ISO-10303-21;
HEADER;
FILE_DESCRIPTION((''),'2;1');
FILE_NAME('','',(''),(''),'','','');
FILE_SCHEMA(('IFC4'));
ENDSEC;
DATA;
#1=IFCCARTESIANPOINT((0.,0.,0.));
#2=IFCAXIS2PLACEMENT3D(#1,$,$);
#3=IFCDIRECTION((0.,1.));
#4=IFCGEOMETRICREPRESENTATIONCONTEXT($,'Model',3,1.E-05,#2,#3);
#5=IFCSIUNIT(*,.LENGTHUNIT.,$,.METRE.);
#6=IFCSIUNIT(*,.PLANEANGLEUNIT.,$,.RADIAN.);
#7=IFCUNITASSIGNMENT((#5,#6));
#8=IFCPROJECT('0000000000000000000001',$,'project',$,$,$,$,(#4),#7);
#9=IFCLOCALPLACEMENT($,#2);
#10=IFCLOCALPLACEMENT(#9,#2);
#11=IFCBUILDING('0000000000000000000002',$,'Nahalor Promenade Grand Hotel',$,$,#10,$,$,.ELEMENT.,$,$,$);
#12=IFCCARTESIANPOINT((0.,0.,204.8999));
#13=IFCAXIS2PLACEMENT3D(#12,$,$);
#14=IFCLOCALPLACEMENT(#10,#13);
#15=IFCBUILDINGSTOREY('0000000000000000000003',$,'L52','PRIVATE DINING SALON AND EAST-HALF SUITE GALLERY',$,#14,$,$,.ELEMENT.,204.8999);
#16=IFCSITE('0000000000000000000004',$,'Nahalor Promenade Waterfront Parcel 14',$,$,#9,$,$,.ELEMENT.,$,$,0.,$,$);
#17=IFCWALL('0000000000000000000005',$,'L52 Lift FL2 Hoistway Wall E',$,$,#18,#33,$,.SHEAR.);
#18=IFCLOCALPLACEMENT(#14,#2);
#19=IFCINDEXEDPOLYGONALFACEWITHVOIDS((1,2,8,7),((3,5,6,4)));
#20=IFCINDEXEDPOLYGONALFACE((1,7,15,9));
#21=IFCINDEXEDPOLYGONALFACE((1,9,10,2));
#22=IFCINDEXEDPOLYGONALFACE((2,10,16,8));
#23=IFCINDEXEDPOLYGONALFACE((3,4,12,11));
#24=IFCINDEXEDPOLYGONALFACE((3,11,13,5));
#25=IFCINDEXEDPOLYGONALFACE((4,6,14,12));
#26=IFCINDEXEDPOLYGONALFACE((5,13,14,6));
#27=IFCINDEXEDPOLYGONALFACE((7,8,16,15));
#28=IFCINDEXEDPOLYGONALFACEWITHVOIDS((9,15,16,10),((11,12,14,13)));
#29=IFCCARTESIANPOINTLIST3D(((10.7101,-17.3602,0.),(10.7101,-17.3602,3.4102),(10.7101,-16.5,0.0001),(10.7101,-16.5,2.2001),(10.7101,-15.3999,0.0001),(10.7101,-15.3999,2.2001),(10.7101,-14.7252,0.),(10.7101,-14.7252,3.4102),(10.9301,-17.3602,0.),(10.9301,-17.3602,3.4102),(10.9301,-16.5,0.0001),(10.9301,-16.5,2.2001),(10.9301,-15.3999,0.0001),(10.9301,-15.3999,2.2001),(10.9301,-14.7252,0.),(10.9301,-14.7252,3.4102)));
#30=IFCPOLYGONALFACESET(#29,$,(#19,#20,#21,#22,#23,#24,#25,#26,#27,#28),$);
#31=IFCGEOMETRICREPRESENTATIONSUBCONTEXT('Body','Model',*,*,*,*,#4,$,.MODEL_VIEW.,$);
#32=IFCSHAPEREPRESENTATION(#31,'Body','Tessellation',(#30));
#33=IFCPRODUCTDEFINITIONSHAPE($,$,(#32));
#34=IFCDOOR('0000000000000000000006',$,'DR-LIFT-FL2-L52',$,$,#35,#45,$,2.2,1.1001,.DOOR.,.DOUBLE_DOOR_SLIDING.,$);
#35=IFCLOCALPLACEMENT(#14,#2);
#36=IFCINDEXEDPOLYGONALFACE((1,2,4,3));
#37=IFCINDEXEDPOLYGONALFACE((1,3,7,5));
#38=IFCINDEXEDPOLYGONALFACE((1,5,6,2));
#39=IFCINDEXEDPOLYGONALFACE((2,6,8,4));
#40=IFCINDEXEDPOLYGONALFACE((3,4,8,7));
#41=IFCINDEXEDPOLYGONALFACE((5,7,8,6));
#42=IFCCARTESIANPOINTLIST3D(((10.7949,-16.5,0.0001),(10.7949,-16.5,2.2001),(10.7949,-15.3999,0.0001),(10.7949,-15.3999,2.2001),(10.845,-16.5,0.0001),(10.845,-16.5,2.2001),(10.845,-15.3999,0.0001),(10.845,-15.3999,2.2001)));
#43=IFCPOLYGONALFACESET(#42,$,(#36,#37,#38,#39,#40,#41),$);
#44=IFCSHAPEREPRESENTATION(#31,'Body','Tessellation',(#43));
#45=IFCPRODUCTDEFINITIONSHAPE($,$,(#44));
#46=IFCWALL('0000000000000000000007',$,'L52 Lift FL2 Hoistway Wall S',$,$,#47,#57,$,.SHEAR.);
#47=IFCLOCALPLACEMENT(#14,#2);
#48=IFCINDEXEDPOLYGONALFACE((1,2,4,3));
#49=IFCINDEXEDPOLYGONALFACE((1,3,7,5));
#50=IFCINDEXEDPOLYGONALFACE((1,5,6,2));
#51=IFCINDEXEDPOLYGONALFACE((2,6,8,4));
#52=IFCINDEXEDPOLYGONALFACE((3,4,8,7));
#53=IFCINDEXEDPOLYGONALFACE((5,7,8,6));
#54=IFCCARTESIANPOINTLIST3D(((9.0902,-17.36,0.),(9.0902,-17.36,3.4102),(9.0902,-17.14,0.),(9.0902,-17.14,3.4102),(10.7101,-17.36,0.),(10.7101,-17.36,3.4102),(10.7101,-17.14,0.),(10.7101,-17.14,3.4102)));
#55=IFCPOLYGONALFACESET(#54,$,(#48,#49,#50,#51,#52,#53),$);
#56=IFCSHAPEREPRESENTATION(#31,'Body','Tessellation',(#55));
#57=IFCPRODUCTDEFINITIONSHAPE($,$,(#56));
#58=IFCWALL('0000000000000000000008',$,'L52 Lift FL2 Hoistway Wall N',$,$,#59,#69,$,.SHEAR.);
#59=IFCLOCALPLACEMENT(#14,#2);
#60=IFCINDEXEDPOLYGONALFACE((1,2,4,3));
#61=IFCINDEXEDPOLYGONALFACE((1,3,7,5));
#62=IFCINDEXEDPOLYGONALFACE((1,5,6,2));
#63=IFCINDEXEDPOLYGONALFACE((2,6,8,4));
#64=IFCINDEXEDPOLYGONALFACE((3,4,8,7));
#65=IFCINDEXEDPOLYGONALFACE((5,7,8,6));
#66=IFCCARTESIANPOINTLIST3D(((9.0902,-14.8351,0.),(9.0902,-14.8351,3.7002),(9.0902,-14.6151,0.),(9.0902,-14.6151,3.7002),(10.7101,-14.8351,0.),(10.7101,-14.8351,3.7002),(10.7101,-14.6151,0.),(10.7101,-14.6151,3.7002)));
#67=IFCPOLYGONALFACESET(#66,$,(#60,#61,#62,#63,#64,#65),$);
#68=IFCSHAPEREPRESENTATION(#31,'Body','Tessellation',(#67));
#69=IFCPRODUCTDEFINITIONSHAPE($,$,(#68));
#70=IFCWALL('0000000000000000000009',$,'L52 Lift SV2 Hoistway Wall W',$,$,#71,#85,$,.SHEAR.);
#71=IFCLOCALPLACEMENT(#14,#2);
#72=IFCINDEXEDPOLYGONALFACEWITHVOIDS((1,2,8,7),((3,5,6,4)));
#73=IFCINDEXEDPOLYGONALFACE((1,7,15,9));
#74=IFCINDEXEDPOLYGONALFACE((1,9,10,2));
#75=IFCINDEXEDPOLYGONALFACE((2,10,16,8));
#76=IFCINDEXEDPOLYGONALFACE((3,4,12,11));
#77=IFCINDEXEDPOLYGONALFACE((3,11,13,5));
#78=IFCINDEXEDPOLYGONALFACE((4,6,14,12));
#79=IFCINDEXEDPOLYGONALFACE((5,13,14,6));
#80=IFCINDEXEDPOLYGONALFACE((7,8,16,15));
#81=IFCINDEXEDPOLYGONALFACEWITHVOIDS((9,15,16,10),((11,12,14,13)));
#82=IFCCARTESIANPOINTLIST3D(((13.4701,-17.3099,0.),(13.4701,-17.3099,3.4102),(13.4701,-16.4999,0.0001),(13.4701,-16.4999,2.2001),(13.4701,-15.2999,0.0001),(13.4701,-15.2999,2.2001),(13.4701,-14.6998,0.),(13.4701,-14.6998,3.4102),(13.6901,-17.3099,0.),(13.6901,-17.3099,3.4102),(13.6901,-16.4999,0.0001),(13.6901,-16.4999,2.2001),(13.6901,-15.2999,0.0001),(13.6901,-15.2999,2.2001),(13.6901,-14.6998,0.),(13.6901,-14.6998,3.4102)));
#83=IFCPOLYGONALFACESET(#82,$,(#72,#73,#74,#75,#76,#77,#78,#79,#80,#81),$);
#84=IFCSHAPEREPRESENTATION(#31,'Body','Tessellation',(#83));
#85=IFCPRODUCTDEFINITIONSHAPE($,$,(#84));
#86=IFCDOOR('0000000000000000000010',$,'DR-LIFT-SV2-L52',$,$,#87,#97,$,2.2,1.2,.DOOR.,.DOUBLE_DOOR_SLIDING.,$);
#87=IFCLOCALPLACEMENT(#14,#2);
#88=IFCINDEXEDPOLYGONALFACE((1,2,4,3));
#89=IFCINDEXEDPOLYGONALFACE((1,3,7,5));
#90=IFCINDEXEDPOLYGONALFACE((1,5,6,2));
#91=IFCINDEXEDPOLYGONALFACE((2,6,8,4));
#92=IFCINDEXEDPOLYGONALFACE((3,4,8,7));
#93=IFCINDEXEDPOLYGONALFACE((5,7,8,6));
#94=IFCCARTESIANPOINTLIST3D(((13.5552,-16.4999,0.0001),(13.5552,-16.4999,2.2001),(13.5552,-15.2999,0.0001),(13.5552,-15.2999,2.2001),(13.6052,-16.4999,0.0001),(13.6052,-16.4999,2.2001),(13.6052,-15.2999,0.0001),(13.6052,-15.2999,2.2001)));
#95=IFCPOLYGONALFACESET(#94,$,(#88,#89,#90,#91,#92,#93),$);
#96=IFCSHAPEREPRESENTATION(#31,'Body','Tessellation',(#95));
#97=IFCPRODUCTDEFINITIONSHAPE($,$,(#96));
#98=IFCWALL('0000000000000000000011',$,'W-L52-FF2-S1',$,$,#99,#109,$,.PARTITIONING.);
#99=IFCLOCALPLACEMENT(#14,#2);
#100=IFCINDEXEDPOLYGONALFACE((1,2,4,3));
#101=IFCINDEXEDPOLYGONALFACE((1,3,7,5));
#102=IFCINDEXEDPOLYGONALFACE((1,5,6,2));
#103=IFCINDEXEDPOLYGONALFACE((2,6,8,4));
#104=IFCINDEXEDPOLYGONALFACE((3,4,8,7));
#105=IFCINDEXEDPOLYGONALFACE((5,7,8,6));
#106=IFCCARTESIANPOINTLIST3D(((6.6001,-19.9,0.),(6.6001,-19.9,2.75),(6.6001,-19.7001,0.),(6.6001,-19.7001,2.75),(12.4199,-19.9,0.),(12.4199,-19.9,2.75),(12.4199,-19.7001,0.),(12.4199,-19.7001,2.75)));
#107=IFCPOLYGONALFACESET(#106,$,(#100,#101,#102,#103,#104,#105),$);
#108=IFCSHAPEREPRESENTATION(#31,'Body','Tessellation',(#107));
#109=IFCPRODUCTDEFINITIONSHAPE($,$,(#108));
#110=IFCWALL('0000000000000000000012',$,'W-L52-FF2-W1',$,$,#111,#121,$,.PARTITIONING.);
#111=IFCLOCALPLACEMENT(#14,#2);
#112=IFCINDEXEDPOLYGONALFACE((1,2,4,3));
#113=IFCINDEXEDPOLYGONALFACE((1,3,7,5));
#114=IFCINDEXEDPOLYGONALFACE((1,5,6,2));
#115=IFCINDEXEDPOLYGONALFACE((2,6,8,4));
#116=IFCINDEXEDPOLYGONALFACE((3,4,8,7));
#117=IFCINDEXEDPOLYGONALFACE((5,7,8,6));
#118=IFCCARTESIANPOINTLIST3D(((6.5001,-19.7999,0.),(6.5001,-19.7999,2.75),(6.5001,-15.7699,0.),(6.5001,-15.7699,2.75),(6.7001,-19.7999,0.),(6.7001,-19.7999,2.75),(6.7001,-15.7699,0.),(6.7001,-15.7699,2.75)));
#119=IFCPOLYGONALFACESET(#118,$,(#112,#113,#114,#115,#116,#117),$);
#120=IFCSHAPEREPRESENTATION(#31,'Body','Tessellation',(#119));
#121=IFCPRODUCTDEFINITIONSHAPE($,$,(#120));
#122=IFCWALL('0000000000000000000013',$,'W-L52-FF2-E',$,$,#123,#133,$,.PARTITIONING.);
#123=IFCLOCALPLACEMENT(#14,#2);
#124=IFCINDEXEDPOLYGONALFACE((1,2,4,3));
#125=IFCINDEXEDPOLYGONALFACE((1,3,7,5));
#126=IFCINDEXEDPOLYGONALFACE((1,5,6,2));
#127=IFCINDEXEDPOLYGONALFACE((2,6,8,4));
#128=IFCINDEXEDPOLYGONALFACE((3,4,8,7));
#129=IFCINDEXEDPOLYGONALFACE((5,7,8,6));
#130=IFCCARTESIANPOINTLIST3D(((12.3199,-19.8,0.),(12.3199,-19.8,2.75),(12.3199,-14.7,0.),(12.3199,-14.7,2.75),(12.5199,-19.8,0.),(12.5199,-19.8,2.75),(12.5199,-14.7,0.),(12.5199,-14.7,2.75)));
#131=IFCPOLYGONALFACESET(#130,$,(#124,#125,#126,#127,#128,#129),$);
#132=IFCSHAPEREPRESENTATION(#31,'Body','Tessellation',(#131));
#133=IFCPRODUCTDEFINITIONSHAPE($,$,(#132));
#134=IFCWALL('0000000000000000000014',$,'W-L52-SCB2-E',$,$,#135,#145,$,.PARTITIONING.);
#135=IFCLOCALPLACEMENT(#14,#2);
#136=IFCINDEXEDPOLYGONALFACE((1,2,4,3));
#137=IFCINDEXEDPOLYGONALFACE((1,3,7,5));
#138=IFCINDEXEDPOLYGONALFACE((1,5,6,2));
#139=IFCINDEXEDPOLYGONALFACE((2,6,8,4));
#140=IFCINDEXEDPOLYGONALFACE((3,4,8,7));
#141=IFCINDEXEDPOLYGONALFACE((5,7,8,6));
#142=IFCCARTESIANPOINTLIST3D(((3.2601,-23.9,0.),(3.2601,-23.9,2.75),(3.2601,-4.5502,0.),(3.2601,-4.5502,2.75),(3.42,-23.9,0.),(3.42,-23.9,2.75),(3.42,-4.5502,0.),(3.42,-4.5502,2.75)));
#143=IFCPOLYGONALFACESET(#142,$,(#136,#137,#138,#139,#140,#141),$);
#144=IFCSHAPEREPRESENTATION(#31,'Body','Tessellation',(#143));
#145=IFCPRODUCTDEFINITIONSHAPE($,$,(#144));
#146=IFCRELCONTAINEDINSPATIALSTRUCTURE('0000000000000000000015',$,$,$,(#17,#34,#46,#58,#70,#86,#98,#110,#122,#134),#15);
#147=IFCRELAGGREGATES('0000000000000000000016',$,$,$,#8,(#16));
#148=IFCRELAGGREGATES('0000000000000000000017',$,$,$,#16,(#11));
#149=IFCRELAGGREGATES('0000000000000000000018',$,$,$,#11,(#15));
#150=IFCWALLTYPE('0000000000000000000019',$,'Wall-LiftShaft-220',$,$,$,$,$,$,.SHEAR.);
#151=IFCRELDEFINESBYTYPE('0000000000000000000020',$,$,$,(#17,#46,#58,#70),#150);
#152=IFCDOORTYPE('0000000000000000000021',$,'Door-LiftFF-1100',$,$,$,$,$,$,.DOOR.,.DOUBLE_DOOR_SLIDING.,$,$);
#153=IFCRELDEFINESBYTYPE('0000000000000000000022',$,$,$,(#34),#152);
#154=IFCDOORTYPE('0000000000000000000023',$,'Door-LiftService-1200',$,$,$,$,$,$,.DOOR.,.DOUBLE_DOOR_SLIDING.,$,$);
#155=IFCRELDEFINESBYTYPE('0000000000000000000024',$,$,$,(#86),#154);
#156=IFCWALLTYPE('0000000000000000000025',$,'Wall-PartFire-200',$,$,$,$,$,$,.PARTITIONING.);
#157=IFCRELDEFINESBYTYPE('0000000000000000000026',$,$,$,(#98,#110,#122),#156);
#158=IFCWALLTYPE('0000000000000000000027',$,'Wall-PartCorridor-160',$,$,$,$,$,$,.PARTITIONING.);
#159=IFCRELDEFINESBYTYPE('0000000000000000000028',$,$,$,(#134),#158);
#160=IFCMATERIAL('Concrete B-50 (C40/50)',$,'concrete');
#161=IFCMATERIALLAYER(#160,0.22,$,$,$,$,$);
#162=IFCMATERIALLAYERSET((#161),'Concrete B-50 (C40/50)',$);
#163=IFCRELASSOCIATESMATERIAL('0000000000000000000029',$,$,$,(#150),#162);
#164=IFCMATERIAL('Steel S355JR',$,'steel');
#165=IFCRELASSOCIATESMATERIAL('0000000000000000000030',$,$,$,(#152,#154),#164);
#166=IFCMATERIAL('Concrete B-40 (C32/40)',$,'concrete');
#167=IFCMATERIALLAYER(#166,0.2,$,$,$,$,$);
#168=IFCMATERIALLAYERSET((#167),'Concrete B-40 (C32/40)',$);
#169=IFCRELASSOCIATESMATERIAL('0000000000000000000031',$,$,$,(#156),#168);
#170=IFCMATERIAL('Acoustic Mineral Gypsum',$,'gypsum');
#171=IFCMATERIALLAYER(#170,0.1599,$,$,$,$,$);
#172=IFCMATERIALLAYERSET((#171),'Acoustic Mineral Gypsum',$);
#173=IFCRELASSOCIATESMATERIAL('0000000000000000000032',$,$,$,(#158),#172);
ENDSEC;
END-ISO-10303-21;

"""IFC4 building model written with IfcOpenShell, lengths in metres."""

from ifc_helpers import new_model, si_unit, direction, frame, frame_2d, origin, place, context, subcontext, project, spatial, rectangle, extrude, source, transform, mapped, material, layer, layer_set, type_object, element, fill, save


model = new_model("IFC4")

# Units and contexts
model_context = context("Model", 3, precision=1e-05, world=origin(), true_north=direction((0.0, 1.0)))
body_context = subcontext(model_context, "Body", "Model", "MODEL_VIEW")
ifc_project = project(units=[si_unit("LENGTHUNIT", "METRE"), si_unit("PLANEANGLEUNIT", "RADIAN")], contexts=[model_context])

# Site, building, storey
site_placement = place(None, origin())
site = spatial("IfcSite", under=ifc_project, at=site_placement, Name="Nahalor Promenade Waterfront Parcel 14", CompositionType="ELEMENT", RefElevation=0.0)
building_placement = place(site_placement, origin())
building = spatial("IfcBuilding", under=site, at=building_placement, Name="Nahalor Promenade Grand Hotel", CompositionType="ELEMENT")
storey_placement = place(building_placement, frame((0.0, 0.0, 204.8999)))
storey = spatial("IfcBuildingStorey", under=building, at=storey_placement, Name="L52", Description="PRIVATE DINING SALON AND EAST-HALF SUITE GALLERY", CompositionType="ELEMENT", Elevation=204.8999)

# Shared definitions
ifc_material_1 = material(Name="Steel S355JR", Category="steel")

# Shared definitions
ifc_material_2 = material(Name="Concrete B-50 (C40/50)", Category="concrete")

# Shared definitions
ifc_layer_1 = layer(ifc_material_2, 0.22)
ifc_layer_set_1 = layer_set([ifc_layer_1], Name="Concrete B-50 (C40/50)")
wall_type_1 = type_object("IfcWallType", Name="Wall-LiftShaft-220", PredefinedType="SHEAR", material=ifc_layer_set_1)
shared_shape_1 = source(origin(), body_context, "Body", "SweptSolid", [
    extrude(rectangle(XDim=2.635, YDim=0.22, at=frame_2d((1.3174, 0.0))), origin(), (0.0, 0.0, 1.0), 3.4102),
])

# Wall, opening, door
wall_1_placement = place(storey_placement, frame((10.8201, -17.3601, 0.0), z_axis=(0.0, 0.0, 1.0), x_axis=(0.0, 1.0, 0.0)))
wall_1 = element("IfcWall", 1, at=wall_1_placement, inside=storey, type_object=wall_type_1, Name="L52 Lift FL2 Hoistway Wall E", PredefinedType="SHEAR", context=body_context, shape_type="MappedRepresentation", body=[
    mapped(shared_shape_1, transform((0.0, 0.0, 0.0), scale=1.0)),
])
opening_1_placement = place(wall_1_placement, frame((0.8601, 0.0, 0.0)))
opening_1 = element("IfcOpeningElement", 2, at=opening_1_placement, cuts=wall_1, PredefinedType="OPENING", context=body_context, shape_type="SweptSolid", body=[
    extrude(rectangle(XDim=1.1001, YDim=2.2, at=frame_2d((0.55, 1.1001))), frame((0.0, 0.1199, 0.0), z_axis=(0.0, -1.0, 0.0), x_axis=(1.0, 0.0, 0.0)), (0.0, 0.0, 1.0), 0.24),
])
door_type_1 = type_object("IfcDoorType", Name="Door-LiftFF-1100", OperationType="DOUBLE_DOOR_SLIDING", PredefinedType="DOOR", material=ifc_material_1)
shared_shape_2 = source(origin(), body_context, "Body", "SweptSolid", [
    extrude(rectangle(XDim=1.1001, YDim=2.2, at=frame_2d((0.55, 1.1001))), frame((0.0, 0.0249, 0.0), z_axis=(0.0, -1.0, 0.0), x_axis=(1.0, 0.0, 0.0)), (0.0, 0.0, 1.0), 0.05),
])
door_1_placement = place(opening_1_placement, frame((1.1001, 0.0, 0.0), z_axis=(0.0, 0.0, 1.0), x_axis=(-1.0, 0.0, 0.0)))
door_1 = element("IfcDoor", 3, at=door_1_placement, inside=storey, type_object=door_type_1, Name="DR-LIFT-FL2-L52", OperationType="DOUBLE_DOOR_SLIDING", OverallHeight=2.2, OverallWidth=1.1001, PredefinedType="DOOR", context=body_context, shape_type="MappedRepresentation", body=[
    mapped(shared_shape_2, transform((0.0, 0.0, 0.0), scale=1.0)),
])
fill(opening_1, door_1)

# Walls
shared_shape_3 = source(origin(), body_context, "Body", "SweptSolid", [
    extrude(rectangle(XDim=1.6199, YDim=0.22, at=frame_2d((0.8101, 0.0))), origin(), (0.0, 0.0, 1.0), 3.4102),
])
wall_2_placement = place(storey_placement, frame((9.0901, -17.25, 0.0), z_axis=(0.0, 0.0, 1.0), x_axis=(1.0, 0.0, 0.0)))
element("IfcWall", 4, at=wall_2_placement, inside=storey, type_object=wall_type_1, Name="L52 Lift FL2 Hoistway Wall S", PredefinedType="SHEAR", context=body_context, shape_type="MappedRepresentation", body=[
    mapped(shared_shape_3, transform((0.0, 0.0, 0.0), scale=1.0)),
])
shared_shape_4 = source(origin(), body_context, "Body", "SweptSolid", [
    extrude(rectangle(XDim=1.6199, YDim=0.22, at=frame_2d((0.8101, 0.0))), origin(), (0.0, 0.0, 1.0), 3.7002),
])
wall_3_placement = place(storey_placement, frame((9.0901, -14.7251, 0.0), z_axis=(0.0, 0.0, 1.0), x_axis=(1.0, 0.0, 0.0)))
element("IfcWall", 5, at=wall_3_placement, inside=storey, type_object=wall_type_1, Name="L52 Lift FL2 Hoistway Wall N", PredefinedType="SHEAR", context=body_context, shape_type="MappedRepresentation", body=[
    mapped(shared_shape_4, transform((0.0, 0.0, 0.0), scale=1.0)),
])

# Wall, opening, door
shared_shape_5 = source(origin(), body_context, "Body", "SweptSolid", [
    extrude(rectangle(XDim=2.6101, YDim=0.22, at=frame_2d((1.3052, 0.0))), origin(), (0.0, 0.0, 1.0), 3.4102),
])
wall_4_placement = place(storey_placement, frame((13.5801, -17.3101, 0.0), z_axis=(0.0, 0.0, 1.0), x_axis=(0.0, 1.0, 0.0)))
wall_4 = element("IfcWall", 6, at=wall_4_placement, inside=storey, type_object=wall_type_1, Name="L52 Lift SV2 Hoistway Wall W", PredefinedType="SHEAR", context=body_context, shape_type="MappedRepresentation", body=[
    mapped(shared_shape_5, transform((0.0, 0.0, 0.0), scale=1.0)),
])
opening_2_placement = place(wall_4_placement, frame((0.8101, 0.0, 0.0)))
opening_2 = element("IfcOpeningElement", 7, at=opening_2_placement, cuts=wall_4, PredefinedType="OPENING", context=body_context, shape_type="SweptSolid", body=[
    extrude(rectangle(XDim=1.2, YDim=2.2, at=frame_2d((0.6001, 1.1001))), frame((0.0, 0.1199, 0.0), z_axis=(0.0, -1.0, 0.0), x_axis=(1.0, 0.0, 0.0)), (0.0, 0.0, 1.0), 0.24),
])
door_type_2 = type_object("IfcDoorType", Name="Door-LiftService-1200", OperationType="DOUBLE_DOOR_SLIDING", PredefinedType="DOOR", material=ifc_material_1)
shared_shape_6 = source(origin(), body_context, "Body", "SweptSolid", [
    extrude(rectangle(XDim=1.2, YDim=2.2, at=frame_2d((0.6001, 1.1001))), frame((0.0, 0.0249, 0.0), z_axis=(0.0, -1.0, 0.0), x_axis=(1.0, 0.0, 0.0)), (0.0, 0.0, 1.0), 0.05),
])
door_2_placement = place(opening_2_placement, origin())
door_2 = element("IfcDoor", 8, at=door_2_placement, inside=storey, type_object=door_type_2, Name="DR-LIFT-SV2-L52", OperationType="DOUBLE_DOOR_SLIDING", OverallHeight=2.2, OverallWidth=1.2, PredefinedType="DOOR", context=body_context, shape_type="MappedRepresentation", body=[
    mapped(shared_shape_6, transform((0.0, 0.0, 0.0), scale=1.0)),
])
fill(opening_2, door_2)

# Walls
ifc_material_3 = material(Name="Concrete B-40 (C32/40)", Category="concrete")
ifc_layer_2 = layer(ifc_material_3, 0.2)
ifc_layer_set_2 = layer_set([ifc_layer_2], Name="Concrete B-40 (C32/40)")
wall_type_2 = type_object("IfcWallType", Name="Wall-PartFire-200", PredefinedType="PARTITIONING", material=ifc_layer_set_2)
shared_shape_7 = source(origin(), body_context, "Body", "SweptSolid", [
    extrude(rectangle(XDim=5.8198, YDim=0.2, at=frame_2d((2.9099, 0.0))), origin(), (0.0, 0.0, 1.0), 2.75),
])
wall_5_placement = place(storey_placement, frame((6.6001, -19.8, 0.0), z_axis=(0.0, 0.0, 1.0), x_axis=(1.0, 0.0, 0.0)))
element("IfcWall", 9, at=wall_5_placement, inside=storey, type_object=wall_type_2, Name="W-L52-FF2-S1", PredefinedType="PARTITIONING", context=body_context, shape_type="MappedRepresentation", body=[
    mapped(shared_shape_7, transform((0.0, 0.0, 0.0), scale=1.0)),
])
shared_shape_8 = source(origin(), body_context, "Body", "SweptSolid", [
    extrude(rectangle(XDim=4.03, YDim=0.2, at=frame_2d((2.0151, 0.0))), origin(), (0.0, 0.0, 1.0), 2.75),
])
wall_6_placement = place(storey_placement, frame((6.6001, -19.8, 0.0), z_axis=(0.0, 0.0, 1.0), x_axis=(0.0, 1.0, 0.0)))
element("IfcWall", 10, at=wall_6_placement, inside=storey, type_object=wall_type_2, Name="W-L52-FF2-W1", PredefinedType="PARTITIONING", context=body_context, shape_type="MappedRepresentation", body=[
    mapped(shared_shape_8, transform((0.0, 0.0, 0.0), scale=1.0)),
])
shared_shape_9 = source(origin(), body_context, "Body", "SweptSolid", [
    extrude(rectangle(XDim=5.1001, YDim=0.2, at=frame_2d((2.55, 0.0))), origin(), (0.0, 0.0, 1.0), 2.75),
])
wall_7_placement = place(storey_placement, frame((12.4199, -19.8, 0.0), z_axis=(0.0, 0.0, 1.0), x_axis=(0.0, 1.0, 0.0)))
element("IfcWall", 11, at=wall_7_placement, inside=storey, type_object=wall_type_2, Name="W-L52-FF2-E", PredefinedType="PARTITIONING", context=body_context, shape_type="MappedRepresentation", body=[
    mapped(shared_shape_9, transform((0.0, 0.0, 0.0), scale=1.0)),
])

# Wall
ifc_material_4 = material(Name="Acoustic Mineral Gypsum", Category="gypsum")
ifc_layer_3 = layer(ifc_material_4, 0.1599)
ifc_layer_set_3 = layer_set([ifc_layer_3], Name="Acoustic Mineral Gypsum")
wall_type_3 = type_object("IfcWallType", Name="Wall-PartCorridor-160", PredefinedType="PARTITIONING", material=ifc_layer_set_3)
shared_shape_10 = source(origin(), body_context, "Body", "SweptSolid", [
    extrude(rectangle(XDim=19.3499, YDim=0.1599, at=frame_2d((9.6748, 0.0))), origin(), (0.0, 0.0, 1.0), 2.75),
])
wall_8_placement = place(storey_placement, frame((3.3401, -23.8999, 0.0), z_axis=(0.0, 0.0, 1.0), x_axis=(0.0, 1.0, 0.0)))
element("IfcWall", 12, at=wall_8_placement, inside=storey, type_object=wall_type_3, Name="W-L52-SCB2-E", PredefinedType="PARTITIONING", context=body_context, shape_type="MappedRepresentation", body=[
    mapped(shared_shape_10, transform((0.0, 0.0, 0.0), scale=1.0)),
])

save(model, "model.ifc")
